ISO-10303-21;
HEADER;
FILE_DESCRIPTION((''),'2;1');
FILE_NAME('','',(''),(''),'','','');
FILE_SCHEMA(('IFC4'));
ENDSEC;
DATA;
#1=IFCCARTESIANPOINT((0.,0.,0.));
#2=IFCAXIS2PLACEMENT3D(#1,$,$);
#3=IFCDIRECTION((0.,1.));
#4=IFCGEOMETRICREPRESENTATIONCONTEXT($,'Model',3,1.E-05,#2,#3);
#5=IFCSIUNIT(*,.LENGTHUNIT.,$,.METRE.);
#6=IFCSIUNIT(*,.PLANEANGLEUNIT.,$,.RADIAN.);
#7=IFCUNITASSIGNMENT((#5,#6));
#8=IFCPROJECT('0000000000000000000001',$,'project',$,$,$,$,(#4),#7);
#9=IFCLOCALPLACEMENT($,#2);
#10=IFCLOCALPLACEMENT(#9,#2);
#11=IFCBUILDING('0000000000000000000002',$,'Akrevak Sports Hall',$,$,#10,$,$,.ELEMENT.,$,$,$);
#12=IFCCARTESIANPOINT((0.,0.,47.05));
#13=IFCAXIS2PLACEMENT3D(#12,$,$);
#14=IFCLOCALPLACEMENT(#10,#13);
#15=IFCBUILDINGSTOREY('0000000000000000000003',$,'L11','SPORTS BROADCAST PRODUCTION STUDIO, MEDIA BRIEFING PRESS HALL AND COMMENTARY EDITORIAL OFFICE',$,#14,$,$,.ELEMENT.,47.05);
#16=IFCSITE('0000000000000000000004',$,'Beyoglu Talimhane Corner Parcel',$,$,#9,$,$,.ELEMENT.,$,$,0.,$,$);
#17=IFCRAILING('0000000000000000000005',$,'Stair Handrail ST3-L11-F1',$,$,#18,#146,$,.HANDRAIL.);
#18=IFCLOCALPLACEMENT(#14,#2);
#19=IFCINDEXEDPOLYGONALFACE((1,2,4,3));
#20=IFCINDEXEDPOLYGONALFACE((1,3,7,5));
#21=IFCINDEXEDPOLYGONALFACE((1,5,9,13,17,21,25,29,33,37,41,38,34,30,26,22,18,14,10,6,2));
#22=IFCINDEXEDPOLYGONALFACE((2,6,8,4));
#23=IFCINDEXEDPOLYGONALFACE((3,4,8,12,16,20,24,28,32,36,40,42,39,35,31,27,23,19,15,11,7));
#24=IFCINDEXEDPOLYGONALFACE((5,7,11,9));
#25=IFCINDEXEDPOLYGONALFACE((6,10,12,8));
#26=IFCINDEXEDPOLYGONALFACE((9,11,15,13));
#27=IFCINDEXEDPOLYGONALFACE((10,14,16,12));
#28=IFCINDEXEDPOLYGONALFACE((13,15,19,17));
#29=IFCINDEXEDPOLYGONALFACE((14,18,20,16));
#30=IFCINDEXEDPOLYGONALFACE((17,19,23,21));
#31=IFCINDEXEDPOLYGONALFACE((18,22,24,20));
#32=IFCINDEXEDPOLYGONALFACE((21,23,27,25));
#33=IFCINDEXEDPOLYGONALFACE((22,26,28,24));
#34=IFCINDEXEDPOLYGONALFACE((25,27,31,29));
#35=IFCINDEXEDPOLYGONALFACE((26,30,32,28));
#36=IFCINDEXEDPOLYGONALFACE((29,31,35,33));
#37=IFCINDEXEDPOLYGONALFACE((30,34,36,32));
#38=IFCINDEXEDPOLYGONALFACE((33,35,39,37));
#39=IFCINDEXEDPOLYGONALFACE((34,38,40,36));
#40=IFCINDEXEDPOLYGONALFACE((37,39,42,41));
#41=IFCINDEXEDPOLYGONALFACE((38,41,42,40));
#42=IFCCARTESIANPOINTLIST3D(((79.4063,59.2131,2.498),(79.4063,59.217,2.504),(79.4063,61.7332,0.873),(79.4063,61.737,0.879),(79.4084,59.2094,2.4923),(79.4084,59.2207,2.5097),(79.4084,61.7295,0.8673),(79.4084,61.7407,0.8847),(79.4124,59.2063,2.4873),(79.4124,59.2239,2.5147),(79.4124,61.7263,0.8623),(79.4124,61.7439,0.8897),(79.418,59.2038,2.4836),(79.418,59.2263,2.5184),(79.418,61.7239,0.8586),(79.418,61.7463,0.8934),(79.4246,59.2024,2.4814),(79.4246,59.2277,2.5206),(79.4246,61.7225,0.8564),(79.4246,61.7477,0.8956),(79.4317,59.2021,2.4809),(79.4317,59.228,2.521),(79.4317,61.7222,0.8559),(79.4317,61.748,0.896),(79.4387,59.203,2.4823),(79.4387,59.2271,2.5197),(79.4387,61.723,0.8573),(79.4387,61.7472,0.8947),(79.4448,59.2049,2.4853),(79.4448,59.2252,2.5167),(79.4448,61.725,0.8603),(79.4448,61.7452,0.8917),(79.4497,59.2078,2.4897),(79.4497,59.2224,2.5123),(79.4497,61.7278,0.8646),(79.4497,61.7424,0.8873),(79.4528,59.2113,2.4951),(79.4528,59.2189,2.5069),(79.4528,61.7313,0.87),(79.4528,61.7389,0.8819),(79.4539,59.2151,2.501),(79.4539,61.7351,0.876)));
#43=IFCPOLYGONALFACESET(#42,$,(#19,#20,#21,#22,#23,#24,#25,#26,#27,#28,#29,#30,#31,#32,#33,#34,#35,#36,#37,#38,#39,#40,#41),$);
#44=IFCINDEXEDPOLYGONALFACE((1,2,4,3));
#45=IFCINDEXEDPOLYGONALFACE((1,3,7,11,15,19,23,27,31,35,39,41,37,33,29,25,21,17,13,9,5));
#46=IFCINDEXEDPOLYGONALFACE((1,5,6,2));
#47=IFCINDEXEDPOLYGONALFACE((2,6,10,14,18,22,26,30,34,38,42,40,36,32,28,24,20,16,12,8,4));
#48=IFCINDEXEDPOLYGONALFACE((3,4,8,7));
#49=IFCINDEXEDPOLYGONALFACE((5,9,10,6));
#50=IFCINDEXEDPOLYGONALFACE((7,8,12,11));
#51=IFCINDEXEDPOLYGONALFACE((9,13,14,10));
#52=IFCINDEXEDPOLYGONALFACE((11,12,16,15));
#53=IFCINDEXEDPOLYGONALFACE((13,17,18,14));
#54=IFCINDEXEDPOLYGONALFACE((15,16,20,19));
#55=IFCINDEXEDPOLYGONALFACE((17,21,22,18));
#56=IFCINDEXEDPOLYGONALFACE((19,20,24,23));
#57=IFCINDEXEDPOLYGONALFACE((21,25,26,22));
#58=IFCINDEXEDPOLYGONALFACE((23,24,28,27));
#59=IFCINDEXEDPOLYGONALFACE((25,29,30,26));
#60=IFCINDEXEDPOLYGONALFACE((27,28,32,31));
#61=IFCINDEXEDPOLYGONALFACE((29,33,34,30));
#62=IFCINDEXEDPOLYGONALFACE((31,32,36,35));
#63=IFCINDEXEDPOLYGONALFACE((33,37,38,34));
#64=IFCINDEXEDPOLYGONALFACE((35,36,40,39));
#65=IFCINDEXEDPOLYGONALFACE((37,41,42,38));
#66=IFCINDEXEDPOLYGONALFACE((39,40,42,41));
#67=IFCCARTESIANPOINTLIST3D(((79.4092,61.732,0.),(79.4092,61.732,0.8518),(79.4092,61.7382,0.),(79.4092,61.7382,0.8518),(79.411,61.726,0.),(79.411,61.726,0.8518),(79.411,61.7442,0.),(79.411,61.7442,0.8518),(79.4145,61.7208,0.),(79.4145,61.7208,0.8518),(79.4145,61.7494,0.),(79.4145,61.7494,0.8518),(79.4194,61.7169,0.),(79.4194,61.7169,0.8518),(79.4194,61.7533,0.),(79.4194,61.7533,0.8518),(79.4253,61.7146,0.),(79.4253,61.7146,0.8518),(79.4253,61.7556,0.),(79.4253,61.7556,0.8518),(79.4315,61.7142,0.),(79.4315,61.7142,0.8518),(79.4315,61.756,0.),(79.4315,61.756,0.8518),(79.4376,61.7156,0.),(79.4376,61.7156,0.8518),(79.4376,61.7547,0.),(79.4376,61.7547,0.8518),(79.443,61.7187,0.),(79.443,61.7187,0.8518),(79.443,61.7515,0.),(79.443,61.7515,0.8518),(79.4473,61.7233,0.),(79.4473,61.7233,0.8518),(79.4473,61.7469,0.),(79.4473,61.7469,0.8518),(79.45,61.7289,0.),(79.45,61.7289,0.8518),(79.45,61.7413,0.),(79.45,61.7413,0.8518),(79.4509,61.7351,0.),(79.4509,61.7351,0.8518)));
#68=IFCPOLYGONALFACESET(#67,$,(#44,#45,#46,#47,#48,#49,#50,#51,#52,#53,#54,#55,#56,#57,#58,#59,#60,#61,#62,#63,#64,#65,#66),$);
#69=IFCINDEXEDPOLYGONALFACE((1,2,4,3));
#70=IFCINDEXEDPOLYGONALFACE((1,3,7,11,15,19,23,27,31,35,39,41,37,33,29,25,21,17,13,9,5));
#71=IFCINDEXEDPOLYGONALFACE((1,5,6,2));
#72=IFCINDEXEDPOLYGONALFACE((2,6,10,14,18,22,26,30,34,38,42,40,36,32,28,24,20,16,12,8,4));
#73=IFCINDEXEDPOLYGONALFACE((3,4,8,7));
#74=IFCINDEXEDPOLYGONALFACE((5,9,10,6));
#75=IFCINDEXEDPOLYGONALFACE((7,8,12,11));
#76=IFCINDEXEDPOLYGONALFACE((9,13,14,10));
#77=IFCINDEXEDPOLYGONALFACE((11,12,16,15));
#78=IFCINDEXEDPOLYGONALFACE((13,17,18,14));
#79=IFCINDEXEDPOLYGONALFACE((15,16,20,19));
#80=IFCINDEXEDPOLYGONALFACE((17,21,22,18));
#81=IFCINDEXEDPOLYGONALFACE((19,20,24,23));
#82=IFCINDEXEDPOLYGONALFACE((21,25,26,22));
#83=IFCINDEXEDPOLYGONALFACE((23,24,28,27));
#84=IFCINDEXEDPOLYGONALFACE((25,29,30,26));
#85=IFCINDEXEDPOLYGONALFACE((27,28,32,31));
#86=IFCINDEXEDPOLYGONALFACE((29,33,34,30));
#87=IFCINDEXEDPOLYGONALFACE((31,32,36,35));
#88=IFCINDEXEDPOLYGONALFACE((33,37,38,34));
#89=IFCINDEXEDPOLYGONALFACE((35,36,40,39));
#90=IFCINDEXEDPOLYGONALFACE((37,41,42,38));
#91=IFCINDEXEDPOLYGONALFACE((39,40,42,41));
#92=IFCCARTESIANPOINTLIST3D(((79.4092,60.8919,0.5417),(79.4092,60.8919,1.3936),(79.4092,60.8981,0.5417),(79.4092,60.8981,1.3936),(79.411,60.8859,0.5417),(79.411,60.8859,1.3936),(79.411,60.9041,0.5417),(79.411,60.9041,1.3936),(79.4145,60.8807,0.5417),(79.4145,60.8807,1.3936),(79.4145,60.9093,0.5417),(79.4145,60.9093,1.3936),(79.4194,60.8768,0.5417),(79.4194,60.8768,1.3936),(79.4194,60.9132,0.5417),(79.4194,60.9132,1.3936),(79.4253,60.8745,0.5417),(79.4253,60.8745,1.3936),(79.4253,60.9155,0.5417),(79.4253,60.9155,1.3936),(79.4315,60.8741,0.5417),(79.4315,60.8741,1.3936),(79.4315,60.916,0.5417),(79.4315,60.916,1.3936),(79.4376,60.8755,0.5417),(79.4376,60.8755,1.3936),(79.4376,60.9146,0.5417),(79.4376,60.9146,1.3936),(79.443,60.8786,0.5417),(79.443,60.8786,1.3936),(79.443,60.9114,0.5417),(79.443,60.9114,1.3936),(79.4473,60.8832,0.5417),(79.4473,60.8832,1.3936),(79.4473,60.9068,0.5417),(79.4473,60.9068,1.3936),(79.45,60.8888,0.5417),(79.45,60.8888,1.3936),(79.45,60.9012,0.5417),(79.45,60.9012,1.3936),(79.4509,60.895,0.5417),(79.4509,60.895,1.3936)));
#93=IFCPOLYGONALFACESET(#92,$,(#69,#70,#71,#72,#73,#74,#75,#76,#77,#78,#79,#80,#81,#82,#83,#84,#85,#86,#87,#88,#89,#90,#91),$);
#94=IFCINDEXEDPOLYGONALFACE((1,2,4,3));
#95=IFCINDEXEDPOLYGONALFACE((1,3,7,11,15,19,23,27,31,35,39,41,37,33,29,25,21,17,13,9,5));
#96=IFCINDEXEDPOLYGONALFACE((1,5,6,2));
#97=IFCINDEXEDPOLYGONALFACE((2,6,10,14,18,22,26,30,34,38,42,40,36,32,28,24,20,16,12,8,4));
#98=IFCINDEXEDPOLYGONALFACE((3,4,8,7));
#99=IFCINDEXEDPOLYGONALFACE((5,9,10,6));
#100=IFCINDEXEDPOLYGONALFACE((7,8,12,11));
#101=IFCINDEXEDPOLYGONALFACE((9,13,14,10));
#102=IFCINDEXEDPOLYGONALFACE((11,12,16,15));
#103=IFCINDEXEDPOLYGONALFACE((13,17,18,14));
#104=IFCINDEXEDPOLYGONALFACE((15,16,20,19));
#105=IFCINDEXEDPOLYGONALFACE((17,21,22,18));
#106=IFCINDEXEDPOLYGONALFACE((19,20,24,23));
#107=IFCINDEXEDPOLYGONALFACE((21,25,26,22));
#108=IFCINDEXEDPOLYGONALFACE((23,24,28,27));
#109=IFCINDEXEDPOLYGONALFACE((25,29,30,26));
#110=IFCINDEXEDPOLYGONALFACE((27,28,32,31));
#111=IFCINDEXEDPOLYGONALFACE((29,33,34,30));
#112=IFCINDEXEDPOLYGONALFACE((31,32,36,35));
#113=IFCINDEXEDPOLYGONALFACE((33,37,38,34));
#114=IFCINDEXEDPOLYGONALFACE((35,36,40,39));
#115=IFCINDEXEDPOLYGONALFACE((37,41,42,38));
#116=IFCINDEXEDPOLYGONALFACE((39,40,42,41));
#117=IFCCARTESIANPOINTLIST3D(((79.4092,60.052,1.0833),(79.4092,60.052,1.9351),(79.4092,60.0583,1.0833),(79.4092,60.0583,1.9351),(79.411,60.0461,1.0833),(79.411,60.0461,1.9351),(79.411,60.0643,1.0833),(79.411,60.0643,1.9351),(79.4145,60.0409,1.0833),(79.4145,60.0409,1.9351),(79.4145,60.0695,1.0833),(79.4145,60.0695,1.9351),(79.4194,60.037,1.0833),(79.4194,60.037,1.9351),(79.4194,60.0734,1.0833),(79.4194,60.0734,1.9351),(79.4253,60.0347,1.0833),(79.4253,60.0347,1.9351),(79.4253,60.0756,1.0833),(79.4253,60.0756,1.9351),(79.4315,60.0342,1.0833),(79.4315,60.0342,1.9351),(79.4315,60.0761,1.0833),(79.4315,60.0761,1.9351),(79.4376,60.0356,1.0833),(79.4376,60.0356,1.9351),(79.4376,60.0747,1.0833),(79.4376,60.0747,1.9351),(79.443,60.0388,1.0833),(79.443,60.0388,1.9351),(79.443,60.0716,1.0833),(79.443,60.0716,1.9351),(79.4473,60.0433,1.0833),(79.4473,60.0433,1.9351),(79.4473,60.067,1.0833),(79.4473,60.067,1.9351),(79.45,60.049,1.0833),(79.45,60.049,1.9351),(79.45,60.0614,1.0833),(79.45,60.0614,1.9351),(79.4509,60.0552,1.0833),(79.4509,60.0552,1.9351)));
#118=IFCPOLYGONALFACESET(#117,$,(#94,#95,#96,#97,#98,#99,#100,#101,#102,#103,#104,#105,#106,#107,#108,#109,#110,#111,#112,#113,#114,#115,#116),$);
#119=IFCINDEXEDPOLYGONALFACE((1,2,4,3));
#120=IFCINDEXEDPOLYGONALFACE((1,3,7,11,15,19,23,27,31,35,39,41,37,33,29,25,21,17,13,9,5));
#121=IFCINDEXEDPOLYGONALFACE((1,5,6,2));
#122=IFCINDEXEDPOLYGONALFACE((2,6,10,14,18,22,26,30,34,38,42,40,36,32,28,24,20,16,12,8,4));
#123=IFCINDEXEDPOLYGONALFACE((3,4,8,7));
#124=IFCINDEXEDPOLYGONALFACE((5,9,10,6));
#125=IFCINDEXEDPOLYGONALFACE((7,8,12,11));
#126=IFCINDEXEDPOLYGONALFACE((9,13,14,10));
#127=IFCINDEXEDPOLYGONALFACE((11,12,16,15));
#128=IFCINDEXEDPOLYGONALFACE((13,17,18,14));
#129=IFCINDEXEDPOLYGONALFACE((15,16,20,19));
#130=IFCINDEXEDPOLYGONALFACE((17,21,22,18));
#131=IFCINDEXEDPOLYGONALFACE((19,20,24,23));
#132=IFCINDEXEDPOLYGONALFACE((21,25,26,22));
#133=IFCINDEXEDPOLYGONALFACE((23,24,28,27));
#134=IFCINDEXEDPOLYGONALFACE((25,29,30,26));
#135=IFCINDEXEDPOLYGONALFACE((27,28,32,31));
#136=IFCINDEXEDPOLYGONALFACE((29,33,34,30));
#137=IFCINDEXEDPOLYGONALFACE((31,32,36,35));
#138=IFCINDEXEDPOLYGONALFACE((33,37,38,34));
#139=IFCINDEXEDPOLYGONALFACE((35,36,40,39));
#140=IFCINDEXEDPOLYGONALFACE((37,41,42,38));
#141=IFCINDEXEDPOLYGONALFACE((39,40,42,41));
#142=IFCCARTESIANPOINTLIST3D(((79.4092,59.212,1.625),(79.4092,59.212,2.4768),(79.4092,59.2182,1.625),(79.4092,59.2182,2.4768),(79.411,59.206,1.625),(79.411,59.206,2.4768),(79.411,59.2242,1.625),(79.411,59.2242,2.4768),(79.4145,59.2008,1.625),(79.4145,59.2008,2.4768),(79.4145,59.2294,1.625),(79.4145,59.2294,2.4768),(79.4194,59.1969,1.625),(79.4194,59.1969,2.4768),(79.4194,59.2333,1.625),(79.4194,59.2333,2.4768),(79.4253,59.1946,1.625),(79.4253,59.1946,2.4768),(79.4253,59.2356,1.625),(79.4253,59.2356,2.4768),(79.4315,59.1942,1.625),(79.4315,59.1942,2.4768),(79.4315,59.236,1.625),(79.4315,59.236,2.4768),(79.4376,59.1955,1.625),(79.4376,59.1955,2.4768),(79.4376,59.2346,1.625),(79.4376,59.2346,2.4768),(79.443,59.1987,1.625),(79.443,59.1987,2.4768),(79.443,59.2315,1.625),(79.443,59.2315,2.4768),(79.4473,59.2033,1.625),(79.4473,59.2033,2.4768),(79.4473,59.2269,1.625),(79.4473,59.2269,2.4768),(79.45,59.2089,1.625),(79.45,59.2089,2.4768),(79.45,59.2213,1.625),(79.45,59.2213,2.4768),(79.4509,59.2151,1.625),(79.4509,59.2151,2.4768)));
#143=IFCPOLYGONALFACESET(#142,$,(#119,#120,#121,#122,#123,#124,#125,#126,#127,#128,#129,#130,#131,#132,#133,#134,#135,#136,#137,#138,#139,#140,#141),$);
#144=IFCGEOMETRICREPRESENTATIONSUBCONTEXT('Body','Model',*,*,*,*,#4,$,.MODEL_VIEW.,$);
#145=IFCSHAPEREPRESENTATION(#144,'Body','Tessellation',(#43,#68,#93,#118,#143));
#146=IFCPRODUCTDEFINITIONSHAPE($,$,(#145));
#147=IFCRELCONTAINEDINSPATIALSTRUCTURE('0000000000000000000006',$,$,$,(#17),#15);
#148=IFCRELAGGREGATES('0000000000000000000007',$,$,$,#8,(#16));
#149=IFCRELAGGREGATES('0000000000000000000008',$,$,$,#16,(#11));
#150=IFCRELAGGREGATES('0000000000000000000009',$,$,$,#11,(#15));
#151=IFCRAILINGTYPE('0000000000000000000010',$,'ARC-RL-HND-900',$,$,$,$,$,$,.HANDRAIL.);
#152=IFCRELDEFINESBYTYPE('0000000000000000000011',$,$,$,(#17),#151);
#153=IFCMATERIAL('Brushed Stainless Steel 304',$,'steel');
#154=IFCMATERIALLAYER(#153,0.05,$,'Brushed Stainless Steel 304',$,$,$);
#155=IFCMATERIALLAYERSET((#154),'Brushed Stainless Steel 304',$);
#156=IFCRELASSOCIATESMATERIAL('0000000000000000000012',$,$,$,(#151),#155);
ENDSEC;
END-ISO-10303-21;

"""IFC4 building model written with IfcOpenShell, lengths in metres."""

from ifc_helpers import new_model, si_unit, direction, frame, origin, origin_2d, place, context, subcontext, project, spatial, circle, extrude, material, layer, layer_set, type_object, element, save


model = new_model("IFC4")

# Units and contexts
model_context = context("Model", 3, precision=1e-05, world=origin(), true_north=direction((0.0, 1.0)))
body_context = subcontext(model_context, "Body", "Model", "MODEL_VIEW")
ifc_project = project(units=[si_unit("LENGTHUNIT", "METRE"), si_unit("PLANEANGLEUNIT", "RADIAN")], contexts=[model_context])

# Site, building, storey
site_placement = place(None, origin())
site = spatial("IfcSite", under=ifc_project, at=site_placement, Name="Beyoglu Talimhane Corner Parcel", CompositionType="ELEMENT", RefElevation=0.0)
building_placement = place(site_placement, origin())
building = spatial("IfcBuilding", under=site, at=building_placement, Name="Akrevak Sports Hall", CompositionType="ELEMENT")
storey_placement = place(building_placement, frame((0.0, 0.0, 47.05)))
storey = spatial("IfcBuildingStorey", under=building, at=storey_placement, Name="L11", Description="SPORTS BROADCAST PRODUCTION STUDIO, MEDIA BRIEFING PRESS HALL AND COMMENTARY EDITORIAL OFFICE", CompositionType="ELEMENT", Elevation=47.05)

# Shared definitions
ifc_material_1 = material(Name="Brushed Stainless Steel 304", Category="steel")

# Railing
ifc_layer_1 = layer(ifc_material_1, 0.05, Name="Brushed Stainless Steel 304")
ifc_layer_set_1 = layer_set([ifc_layer_1], Name="Brushed Stainless Steel 304")
railing_type_1 = type_object("IfcRailingType", Name="ARC-RL-HND-900", PredefinedType="HANDRAIL", material=ifc_layer_set_1)
railing_1_placement = place(storey_placement, frame((79.4299, 61.7351, 0.0)))
element("IfcRailing", 1, at=railing_1_placement, inside=storey, type_object=railing_type_1, Name="Stair Handrail ST3-L11-F1", PredefinedType="HANDRAIL", context=body_context, shape_type="SweptSolid", body=[
    extrude(circle(Radius=0.0239, at=origin_2d()), frame((0.0, 0.0, 0.876), z_axis=(0.0, -0.840421, 0.541934), x_axis=(1.0, 0.0, 0.0)), (0.0, 0.0, 1.0), 2.9985),
    extrude(circle(Radius=0.021, at=origin_2d()), origin(), (0.0, 0.0, 1.0), 0.8518),
    extrude(circle(Radius=0.021, at=origin_2d()), frame((0.0, -0.8401, 0.5417)), (0.0, 0.0, 1.0), 0.8518),
    extrude(circle(Radius=0.021, at=origin_2d()), frame((0.0, -1.6799, 1.0833)), (0.0, 0.0, 1.0), 0.8518),
    extrude(circle(Radius=0.021, at=origin_2d()), frame((0.0, -2.52, 1.625)), (0.0, 0.0, 1.0), 0.8518),
])

save(model, "model.ifc")
